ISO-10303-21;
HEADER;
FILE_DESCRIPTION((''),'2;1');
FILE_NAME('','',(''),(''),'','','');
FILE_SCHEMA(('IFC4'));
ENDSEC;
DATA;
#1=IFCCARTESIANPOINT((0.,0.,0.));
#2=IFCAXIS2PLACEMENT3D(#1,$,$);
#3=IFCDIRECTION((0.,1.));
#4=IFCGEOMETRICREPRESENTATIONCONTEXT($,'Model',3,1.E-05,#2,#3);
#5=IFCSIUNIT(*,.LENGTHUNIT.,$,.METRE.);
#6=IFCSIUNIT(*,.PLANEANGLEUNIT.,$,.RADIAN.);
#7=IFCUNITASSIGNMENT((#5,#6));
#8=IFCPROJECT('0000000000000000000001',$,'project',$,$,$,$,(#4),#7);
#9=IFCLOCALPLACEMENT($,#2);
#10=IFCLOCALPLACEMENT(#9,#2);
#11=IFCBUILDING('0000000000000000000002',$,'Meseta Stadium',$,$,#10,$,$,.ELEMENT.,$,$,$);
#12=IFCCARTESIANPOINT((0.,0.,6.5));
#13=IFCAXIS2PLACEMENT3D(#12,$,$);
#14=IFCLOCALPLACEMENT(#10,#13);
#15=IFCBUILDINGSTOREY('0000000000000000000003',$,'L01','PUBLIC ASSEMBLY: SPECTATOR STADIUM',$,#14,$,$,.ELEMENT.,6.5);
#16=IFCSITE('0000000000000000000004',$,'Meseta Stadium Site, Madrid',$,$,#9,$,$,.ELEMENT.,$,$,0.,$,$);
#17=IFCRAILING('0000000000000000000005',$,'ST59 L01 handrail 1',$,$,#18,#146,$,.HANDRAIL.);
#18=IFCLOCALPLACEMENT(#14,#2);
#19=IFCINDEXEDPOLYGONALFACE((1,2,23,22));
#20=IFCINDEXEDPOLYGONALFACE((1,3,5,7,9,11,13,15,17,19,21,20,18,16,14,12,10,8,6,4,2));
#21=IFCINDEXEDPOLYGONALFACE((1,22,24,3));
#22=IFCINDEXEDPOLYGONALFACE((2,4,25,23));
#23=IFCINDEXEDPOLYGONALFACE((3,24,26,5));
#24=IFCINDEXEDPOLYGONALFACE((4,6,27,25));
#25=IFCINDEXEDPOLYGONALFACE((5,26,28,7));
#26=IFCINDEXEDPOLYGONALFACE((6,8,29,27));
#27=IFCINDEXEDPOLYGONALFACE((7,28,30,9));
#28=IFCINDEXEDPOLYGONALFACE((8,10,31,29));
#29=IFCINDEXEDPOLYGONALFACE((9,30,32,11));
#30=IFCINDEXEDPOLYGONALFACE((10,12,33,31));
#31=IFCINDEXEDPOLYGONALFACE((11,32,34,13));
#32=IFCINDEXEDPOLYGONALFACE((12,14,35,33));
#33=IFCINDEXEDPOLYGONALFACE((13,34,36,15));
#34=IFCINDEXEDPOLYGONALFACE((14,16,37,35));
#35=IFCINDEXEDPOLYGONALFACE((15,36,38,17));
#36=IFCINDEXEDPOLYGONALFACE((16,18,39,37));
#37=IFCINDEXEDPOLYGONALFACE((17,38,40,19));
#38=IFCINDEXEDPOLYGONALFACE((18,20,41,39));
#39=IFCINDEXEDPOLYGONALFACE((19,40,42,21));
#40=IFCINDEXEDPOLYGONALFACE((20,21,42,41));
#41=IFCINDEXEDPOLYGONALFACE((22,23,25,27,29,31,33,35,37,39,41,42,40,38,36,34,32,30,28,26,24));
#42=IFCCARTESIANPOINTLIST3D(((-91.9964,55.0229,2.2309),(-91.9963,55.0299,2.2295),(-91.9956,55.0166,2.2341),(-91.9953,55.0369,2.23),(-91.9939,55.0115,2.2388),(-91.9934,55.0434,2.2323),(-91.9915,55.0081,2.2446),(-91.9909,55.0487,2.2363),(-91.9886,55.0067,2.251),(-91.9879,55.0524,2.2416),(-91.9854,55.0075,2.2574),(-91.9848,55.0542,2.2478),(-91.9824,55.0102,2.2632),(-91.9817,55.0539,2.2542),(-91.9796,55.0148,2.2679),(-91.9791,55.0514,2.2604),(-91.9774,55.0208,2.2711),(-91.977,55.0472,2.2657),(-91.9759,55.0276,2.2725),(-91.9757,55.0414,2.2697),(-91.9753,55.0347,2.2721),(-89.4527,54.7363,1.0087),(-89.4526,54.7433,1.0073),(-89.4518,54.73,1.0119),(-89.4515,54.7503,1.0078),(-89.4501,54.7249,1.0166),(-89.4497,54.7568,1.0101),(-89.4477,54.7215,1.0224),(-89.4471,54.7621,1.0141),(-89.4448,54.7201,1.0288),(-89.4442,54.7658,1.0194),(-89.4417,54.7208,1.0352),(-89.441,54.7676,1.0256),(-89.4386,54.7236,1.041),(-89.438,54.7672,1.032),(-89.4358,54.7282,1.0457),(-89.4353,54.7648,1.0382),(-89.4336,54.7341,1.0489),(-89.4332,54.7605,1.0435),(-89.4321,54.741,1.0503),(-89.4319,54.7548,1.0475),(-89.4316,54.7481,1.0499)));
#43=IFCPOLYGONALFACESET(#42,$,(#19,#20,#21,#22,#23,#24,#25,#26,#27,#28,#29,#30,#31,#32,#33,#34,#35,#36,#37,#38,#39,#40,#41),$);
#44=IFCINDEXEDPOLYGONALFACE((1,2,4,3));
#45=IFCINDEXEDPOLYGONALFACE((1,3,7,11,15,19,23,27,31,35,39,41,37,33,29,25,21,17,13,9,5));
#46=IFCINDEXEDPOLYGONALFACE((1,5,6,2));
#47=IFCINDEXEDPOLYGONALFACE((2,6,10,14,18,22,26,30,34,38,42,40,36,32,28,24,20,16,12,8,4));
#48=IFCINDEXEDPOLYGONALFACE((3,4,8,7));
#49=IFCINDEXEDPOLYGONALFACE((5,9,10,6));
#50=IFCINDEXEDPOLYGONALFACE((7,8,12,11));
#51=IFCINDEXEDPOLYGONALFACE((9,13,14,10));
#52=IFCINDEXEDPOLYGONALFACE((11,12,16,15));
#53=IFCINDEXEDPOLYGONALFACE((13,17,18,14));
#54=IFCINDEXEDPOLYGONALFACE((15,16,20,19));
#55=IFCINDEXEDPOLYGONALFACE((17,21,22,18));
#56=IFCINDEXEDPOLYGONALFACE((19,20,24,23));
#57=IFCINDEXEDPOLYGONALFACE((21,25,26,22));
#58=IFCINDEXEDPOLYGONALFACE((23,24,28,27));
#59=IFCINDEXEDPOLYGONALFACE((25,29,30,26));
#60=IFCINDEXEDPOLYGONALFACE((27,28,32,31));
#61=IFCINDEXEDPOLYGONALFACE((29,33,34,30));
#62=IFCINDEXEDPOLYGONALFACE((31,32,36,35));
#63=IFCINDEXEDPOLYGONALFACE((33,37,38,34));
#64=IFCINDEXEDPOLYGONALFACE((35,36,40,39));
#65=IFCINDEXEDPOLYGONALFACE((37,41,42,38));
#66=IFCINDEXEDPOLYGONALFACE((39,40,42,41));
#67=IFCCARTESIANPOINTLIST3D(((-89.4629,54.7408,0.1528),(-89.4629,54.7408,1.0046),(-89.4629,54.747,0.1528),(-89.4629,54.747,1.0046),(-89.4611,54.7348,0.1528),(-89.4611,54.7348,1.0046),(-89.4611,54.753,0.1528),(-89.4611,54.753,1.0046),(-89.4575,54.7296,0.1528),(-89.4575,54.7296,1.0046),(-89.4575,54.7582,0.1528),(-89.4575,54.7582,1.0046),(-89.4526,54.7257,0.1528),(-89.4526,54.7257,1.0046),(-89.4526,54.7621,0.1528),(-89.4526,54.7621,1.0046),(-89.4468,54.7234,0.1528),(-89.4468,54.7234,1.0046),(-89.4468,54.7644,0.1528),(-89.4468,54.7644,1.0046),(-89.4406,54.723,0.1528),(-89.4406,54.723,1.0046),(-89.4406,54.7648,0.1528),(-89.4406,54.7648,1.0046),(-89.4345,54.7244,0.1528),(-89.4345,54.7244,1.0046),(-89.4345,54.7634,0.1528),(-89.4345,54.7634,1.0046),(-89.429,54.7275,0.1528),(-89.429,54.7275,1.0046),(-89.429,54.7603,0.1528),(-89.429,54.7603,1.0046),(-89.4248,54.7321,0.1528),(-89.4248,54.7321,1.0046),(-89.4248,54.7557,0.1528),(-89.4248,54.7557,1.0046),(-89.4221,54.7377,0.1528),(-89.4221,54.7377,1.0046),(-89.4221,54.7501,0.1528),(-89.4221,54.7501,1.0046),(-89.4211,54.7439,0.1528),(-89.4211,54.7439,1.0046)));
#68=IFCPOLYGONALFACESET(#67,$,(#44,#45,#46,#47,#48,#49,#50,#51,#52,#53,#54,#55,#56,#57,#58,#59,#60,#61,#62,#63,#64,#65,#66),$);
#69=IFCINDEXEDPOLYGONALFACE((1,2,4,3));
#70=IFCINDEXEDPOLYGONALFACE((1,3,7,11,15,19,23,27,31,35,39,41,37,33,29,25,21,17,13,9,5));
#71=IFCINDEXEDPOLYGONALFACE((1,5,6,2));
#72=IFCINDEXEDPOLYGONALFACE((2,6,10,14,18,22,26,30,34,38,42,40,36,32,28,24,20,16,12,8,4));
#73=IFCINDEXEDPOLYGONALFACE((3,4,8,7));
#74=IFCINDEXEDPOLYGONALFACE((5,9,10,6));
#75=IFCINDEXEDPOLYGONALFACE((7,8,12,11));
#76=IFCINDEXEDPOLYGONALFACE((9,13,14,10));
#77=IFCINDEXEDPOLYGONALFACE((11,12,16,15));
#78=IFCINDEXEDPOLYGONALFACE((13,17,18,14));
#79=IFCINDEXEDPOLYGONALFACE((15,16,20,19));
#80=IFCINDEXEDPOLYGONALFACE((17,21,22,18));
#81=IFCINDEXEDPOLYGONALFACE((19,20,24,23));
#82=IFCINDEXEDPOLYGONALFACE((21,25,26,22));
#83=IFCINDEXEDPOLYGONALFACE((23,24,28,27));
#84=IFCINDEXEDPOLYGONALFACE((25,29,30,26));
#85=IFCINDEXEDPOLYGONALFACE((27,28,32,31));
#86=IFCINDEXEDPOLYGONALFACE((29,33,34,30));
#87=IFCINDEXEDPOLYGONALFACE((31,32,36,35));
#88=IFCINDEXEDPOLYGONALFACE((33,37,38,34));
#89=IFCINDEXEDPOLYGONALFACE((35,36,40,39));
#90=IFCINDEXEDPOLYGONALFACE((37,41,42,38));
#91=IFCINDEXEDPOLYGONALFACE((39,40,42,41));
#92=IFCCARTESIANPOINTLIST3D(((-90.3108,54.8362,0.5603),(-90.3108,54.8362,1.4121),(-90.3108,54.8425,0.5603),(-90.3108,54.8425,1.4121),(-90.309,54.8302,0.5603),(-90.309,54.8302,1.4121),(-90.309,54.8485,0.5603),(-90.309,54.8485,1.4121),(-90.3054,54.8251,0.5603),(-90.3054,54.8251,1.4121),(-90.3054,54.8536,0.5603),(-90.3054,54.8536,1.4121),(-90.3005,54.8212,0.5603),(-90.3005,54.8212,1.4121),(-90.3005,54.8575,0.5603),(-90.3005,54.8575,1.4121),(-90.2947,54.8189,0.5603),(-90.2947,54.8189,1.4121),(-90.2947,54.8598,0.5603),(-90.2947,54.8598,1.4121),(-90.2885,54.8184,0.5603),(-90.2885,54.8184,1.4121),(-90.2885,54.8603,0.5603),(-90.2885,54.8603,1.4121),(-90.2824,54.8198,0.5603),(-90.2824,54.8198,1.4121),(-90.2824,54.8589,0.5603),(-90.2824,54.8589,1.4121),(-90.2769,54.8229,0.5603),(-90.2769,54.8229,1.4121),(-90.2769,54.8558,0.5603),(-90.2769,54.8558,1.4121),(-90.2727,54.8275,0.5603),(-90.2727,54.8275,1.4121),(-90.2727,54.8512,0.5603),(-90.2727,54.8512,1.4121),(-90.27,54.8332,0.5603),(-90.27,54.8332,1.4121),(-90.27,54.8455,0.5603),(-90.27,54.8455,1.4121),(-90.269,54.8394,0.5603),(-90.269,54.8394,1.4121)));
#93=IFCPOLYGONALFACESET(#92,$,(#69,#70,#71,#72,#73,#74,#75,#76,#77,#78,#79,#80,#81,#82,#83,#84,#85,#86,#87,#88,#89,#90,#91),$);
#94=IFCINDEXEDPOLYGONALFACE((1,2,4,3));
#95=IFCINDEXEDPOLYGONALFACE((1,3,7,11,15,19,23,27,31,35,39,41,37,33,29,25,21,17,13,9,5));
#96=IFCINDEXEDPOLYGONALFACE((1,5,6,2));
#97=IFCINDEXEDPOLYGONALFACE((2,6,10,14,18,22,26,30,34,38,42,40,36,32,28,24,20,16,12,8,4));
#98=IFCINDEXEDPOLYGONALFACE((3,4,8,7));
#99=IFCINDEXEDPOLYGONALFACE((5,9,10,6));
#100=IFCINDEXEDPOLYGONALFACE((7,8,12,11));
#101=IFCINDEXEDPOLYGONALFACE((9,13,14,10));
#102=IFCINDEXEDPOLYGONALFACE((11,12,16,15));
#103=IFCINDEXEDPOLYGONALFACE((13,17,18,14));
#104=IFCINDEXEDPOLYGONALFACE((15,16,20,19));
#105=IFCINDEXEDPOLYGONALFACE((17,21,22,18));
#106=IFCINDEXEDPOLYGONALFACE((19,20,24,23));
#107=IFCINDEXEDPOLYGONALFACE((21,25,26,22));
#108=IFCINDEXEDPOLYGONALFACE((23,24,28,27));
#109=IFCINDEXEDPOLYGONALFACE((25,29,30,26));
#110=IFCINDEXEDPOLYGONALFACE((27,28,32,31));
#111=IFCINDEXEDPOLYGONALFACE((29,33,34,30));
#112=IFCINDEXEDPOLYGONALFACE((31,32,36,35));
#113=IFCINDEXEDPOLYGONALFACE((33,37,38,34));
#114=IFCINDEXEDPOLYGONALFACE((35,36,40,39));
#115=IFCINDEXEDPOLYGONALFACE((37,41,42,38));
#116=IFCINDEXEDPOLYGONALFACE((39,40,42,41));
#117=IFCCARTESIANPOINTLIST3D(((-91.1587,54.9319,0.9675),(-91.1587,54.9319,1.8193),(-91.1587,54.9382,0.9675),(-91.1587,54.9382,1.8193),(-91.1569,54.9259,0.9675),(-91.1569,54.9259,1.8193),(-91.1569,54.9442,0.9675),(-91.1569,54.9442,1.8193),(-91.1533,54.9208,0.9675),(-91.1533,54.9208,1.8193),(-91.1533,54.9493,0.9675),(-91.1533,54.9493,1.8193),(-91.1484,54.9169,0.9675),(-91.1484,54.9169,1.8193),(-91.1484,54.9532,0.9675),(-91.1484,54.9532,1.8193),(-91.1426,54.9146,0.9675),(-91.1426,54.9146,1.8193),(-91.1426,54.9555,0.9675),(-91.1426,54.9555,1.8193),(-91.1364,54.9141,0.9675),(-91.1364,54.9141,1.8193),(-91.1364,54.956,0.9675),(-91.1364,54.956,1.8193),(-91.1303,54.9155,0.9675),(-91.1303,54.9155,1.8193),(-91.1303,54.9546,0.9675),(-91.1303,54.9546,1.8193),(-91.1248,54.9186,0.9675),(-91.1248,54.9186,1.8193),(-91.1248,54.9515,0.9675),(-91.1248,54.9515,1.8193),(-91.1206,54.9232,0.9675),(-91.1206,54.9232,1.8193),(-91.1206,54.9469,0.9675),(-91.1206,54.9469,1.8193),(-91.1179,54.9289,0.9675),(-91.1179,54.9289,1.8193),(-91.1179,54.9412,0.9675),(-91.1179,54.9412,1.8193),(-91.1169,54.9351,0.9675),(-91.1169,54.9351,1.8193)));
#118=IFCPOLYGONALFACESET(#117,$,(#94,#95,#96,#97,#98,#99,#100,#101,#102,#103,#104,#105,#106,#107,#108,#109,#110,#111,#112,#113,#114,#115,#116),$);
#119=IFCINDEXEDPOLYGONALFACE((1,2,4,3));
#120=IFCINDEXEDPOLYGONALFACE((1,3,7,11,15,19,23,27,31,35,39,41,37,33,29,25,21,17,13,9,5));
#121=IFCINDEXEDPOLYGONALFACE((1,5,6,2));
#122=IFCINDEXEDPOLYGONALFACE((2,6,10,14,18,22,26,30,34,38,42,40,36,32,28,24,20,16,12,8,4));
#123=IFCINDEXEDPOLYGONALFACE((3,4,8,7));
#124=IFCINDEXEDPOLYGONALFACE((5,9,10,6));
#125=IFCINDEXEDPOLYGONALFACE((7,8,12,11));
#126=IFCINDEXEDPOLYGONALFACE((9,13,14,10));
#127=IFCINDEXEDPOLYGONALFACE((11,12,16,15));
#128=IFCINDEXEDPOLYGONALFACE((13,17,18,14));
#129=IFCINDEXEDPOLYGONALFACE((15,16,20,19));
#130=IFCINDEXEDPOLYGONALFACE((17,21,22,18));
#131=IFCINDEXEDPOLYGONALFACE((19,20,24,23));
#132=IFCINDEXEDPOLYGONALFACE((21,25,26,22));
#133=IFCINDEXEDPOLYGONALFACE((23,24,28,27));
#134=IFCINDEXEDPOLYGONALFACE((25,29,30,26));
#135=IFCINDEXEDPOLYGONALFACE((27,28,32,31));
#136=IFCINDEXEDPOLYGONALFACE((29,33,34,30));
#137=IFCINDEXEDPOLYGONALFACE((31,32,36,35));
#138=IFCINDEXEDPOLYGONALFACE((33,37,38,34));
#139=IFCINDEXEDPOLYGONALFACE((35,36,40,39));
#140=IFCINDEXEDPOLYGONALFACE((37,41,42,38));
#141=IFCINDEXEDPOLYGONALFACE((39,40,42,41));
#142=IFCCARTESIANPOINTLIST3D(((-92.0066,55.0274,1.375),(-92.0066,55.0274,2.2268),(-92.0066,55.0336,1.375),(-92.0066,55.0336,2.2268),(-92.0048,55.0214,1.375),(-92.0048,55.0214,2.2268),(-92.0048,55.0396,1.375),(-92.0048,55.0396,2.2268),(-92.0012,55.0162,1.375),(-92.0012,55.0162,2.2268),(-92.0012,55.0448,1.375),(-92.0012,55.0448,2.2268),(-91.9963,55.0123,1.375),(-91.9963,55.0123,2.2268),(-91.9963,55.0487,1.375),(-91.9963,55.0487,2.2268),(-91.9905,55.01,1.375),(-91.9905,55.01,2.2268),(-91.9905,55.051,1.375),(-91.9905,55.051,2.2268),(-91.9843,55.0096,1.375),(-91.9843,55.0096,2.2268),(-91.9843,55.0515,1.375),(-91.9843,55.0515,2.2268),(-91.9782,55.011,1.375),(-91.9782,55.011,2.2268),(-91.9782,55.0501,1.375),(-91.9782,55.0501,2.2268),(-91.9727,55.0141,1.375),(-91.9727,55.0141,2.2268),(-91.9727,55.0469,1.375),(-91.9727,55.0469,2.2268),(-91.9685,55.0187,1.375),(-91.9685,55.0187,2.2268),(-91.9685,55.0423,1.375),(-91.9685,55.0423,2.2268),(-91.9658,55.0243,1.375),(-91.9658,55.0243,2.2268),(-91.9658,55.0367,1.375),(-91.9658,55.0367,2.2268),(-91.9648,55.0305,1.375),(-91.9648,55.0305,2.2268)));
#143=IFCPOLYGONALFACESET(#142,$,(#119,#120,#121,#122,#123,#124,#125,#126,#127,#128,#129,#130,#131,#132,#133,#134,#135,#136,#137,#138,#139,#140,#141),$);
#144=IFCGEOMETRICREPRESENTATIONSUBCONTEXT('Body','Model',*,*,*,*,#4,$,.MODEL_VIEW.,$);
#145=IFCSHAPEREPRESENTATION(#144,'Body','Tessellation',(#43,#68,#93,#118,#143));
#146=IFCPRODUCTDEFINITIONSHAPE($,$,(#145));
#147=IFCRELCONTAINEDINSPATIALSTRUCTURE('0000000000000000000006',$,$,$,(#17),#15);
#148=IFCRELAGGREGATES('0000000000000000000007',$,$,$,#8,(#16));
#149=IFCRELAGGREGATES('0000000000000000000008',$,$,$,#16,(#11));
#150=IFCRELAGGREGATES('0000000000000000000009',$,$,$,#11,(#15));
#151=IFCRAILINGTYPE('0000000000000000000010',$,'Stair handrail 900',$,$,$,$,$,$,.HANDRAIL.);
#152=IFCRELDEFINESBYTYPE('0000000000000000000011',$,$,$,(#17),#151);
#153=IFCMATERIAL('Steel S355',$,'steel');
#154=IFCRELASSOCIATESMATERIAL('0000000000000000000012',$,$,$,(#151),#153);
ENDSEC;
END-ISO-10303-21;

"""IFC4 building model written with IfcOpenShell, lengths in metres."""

from ifc_helpers import new_model, si_unit, direction, frame, origin, origin_2d, place, context, subcontext, project, spatial, circle, extrude, material, type_object, element, save


model = new_model("IFC4")

# Units and contexts
model_context = context("Model", 3, precision=1e-05, world=origin(), true_north=direction((0.0, 1.0)))
body_context = subcontext(model_context, "Body", "Model", "MODEL_VIEW")
ifc_project = project(units=[si_unit("LENGTHUNIT", "METRE"), si_unit("PLANEANGLEUNIT", "RADIAN")], contexts=[model_context])

# Site, building, storey
site_placement = place(None, origin())
site = spatial("IfcSite", under=ifc_project, at=site_placement, Name="Meseta Stadium Site, Madrid", CompositionType="ELEMENT", RefElevation=0.0)
building_placement = place(site_placement, origin())
building = spatial("IfcBuilding", under=site, at=building_placement, Name="Meseta Stadium", CompositionType="ELEMENT")
storey_placement = place(building_placement, frame((0.0, 0.0, 6.5)))
storey = spatial("IfcBuildingStorey", under=building, at=storey_placement, Name="L01", Description="PUBLIC ASSEMBLY: SPECTATOR STADIUM", CompositionType="ELEMENT", Elevation=6.5)

# Railing
ifc_material_1 = material(Name="Steel S355", Category="steel")
railing_type_1 = type_object("IfcRailingType", Name="Stair handrail 900", PredefinedType="HANDRAIL", material=ifc_material_1)
for number, where, name in (
    (1, (-89.4421, 54.7439, 0.1528), "ST59 L01 handrail 1"),
):
    element("IfcRailing", number, at=place(storey_placement, frame(where)), inside=storey, type_object=railing_type_1, Name=name, PredefinedType="HANDRAIL", context=body_context, shape_type="SweptSolid", body=[
        extrude(circle(Radius=0.0239, at=origin_2d()), frame((0.0, 0.0, 0.876), z_axis=(-0.896745, 0.101044, 0.430858), x_axis=(-0.11197, -0.993712, 0.0)), (0.0, 0.0, 1.0), 2.8367),
        extrude(circle(Radius=0.021, at=origin_2d()), origin(), (0.0, 0.0, 1.0), 0.8518),
        extrude(circle(Radius=0.021, at=origin_2d()), frame((-0.8479, 0.0955, 0.4075)), (0.0, 0.0, 1.0), 0.8518),
        extrude(circle(Radius=0.021, at=origin_2d()), frame((-1.6958, 0.1912, 0.8147)), (0.0, 0.0, 1.0), 0.8518),
        extrude(circle(Radius=0.021, at=origin_2d()), frame((-2.5437, 0.2866, 1.2222)), (0.0, 0.0, 1.0), 0.8518),
    ])

save(model, "model.ifc")
